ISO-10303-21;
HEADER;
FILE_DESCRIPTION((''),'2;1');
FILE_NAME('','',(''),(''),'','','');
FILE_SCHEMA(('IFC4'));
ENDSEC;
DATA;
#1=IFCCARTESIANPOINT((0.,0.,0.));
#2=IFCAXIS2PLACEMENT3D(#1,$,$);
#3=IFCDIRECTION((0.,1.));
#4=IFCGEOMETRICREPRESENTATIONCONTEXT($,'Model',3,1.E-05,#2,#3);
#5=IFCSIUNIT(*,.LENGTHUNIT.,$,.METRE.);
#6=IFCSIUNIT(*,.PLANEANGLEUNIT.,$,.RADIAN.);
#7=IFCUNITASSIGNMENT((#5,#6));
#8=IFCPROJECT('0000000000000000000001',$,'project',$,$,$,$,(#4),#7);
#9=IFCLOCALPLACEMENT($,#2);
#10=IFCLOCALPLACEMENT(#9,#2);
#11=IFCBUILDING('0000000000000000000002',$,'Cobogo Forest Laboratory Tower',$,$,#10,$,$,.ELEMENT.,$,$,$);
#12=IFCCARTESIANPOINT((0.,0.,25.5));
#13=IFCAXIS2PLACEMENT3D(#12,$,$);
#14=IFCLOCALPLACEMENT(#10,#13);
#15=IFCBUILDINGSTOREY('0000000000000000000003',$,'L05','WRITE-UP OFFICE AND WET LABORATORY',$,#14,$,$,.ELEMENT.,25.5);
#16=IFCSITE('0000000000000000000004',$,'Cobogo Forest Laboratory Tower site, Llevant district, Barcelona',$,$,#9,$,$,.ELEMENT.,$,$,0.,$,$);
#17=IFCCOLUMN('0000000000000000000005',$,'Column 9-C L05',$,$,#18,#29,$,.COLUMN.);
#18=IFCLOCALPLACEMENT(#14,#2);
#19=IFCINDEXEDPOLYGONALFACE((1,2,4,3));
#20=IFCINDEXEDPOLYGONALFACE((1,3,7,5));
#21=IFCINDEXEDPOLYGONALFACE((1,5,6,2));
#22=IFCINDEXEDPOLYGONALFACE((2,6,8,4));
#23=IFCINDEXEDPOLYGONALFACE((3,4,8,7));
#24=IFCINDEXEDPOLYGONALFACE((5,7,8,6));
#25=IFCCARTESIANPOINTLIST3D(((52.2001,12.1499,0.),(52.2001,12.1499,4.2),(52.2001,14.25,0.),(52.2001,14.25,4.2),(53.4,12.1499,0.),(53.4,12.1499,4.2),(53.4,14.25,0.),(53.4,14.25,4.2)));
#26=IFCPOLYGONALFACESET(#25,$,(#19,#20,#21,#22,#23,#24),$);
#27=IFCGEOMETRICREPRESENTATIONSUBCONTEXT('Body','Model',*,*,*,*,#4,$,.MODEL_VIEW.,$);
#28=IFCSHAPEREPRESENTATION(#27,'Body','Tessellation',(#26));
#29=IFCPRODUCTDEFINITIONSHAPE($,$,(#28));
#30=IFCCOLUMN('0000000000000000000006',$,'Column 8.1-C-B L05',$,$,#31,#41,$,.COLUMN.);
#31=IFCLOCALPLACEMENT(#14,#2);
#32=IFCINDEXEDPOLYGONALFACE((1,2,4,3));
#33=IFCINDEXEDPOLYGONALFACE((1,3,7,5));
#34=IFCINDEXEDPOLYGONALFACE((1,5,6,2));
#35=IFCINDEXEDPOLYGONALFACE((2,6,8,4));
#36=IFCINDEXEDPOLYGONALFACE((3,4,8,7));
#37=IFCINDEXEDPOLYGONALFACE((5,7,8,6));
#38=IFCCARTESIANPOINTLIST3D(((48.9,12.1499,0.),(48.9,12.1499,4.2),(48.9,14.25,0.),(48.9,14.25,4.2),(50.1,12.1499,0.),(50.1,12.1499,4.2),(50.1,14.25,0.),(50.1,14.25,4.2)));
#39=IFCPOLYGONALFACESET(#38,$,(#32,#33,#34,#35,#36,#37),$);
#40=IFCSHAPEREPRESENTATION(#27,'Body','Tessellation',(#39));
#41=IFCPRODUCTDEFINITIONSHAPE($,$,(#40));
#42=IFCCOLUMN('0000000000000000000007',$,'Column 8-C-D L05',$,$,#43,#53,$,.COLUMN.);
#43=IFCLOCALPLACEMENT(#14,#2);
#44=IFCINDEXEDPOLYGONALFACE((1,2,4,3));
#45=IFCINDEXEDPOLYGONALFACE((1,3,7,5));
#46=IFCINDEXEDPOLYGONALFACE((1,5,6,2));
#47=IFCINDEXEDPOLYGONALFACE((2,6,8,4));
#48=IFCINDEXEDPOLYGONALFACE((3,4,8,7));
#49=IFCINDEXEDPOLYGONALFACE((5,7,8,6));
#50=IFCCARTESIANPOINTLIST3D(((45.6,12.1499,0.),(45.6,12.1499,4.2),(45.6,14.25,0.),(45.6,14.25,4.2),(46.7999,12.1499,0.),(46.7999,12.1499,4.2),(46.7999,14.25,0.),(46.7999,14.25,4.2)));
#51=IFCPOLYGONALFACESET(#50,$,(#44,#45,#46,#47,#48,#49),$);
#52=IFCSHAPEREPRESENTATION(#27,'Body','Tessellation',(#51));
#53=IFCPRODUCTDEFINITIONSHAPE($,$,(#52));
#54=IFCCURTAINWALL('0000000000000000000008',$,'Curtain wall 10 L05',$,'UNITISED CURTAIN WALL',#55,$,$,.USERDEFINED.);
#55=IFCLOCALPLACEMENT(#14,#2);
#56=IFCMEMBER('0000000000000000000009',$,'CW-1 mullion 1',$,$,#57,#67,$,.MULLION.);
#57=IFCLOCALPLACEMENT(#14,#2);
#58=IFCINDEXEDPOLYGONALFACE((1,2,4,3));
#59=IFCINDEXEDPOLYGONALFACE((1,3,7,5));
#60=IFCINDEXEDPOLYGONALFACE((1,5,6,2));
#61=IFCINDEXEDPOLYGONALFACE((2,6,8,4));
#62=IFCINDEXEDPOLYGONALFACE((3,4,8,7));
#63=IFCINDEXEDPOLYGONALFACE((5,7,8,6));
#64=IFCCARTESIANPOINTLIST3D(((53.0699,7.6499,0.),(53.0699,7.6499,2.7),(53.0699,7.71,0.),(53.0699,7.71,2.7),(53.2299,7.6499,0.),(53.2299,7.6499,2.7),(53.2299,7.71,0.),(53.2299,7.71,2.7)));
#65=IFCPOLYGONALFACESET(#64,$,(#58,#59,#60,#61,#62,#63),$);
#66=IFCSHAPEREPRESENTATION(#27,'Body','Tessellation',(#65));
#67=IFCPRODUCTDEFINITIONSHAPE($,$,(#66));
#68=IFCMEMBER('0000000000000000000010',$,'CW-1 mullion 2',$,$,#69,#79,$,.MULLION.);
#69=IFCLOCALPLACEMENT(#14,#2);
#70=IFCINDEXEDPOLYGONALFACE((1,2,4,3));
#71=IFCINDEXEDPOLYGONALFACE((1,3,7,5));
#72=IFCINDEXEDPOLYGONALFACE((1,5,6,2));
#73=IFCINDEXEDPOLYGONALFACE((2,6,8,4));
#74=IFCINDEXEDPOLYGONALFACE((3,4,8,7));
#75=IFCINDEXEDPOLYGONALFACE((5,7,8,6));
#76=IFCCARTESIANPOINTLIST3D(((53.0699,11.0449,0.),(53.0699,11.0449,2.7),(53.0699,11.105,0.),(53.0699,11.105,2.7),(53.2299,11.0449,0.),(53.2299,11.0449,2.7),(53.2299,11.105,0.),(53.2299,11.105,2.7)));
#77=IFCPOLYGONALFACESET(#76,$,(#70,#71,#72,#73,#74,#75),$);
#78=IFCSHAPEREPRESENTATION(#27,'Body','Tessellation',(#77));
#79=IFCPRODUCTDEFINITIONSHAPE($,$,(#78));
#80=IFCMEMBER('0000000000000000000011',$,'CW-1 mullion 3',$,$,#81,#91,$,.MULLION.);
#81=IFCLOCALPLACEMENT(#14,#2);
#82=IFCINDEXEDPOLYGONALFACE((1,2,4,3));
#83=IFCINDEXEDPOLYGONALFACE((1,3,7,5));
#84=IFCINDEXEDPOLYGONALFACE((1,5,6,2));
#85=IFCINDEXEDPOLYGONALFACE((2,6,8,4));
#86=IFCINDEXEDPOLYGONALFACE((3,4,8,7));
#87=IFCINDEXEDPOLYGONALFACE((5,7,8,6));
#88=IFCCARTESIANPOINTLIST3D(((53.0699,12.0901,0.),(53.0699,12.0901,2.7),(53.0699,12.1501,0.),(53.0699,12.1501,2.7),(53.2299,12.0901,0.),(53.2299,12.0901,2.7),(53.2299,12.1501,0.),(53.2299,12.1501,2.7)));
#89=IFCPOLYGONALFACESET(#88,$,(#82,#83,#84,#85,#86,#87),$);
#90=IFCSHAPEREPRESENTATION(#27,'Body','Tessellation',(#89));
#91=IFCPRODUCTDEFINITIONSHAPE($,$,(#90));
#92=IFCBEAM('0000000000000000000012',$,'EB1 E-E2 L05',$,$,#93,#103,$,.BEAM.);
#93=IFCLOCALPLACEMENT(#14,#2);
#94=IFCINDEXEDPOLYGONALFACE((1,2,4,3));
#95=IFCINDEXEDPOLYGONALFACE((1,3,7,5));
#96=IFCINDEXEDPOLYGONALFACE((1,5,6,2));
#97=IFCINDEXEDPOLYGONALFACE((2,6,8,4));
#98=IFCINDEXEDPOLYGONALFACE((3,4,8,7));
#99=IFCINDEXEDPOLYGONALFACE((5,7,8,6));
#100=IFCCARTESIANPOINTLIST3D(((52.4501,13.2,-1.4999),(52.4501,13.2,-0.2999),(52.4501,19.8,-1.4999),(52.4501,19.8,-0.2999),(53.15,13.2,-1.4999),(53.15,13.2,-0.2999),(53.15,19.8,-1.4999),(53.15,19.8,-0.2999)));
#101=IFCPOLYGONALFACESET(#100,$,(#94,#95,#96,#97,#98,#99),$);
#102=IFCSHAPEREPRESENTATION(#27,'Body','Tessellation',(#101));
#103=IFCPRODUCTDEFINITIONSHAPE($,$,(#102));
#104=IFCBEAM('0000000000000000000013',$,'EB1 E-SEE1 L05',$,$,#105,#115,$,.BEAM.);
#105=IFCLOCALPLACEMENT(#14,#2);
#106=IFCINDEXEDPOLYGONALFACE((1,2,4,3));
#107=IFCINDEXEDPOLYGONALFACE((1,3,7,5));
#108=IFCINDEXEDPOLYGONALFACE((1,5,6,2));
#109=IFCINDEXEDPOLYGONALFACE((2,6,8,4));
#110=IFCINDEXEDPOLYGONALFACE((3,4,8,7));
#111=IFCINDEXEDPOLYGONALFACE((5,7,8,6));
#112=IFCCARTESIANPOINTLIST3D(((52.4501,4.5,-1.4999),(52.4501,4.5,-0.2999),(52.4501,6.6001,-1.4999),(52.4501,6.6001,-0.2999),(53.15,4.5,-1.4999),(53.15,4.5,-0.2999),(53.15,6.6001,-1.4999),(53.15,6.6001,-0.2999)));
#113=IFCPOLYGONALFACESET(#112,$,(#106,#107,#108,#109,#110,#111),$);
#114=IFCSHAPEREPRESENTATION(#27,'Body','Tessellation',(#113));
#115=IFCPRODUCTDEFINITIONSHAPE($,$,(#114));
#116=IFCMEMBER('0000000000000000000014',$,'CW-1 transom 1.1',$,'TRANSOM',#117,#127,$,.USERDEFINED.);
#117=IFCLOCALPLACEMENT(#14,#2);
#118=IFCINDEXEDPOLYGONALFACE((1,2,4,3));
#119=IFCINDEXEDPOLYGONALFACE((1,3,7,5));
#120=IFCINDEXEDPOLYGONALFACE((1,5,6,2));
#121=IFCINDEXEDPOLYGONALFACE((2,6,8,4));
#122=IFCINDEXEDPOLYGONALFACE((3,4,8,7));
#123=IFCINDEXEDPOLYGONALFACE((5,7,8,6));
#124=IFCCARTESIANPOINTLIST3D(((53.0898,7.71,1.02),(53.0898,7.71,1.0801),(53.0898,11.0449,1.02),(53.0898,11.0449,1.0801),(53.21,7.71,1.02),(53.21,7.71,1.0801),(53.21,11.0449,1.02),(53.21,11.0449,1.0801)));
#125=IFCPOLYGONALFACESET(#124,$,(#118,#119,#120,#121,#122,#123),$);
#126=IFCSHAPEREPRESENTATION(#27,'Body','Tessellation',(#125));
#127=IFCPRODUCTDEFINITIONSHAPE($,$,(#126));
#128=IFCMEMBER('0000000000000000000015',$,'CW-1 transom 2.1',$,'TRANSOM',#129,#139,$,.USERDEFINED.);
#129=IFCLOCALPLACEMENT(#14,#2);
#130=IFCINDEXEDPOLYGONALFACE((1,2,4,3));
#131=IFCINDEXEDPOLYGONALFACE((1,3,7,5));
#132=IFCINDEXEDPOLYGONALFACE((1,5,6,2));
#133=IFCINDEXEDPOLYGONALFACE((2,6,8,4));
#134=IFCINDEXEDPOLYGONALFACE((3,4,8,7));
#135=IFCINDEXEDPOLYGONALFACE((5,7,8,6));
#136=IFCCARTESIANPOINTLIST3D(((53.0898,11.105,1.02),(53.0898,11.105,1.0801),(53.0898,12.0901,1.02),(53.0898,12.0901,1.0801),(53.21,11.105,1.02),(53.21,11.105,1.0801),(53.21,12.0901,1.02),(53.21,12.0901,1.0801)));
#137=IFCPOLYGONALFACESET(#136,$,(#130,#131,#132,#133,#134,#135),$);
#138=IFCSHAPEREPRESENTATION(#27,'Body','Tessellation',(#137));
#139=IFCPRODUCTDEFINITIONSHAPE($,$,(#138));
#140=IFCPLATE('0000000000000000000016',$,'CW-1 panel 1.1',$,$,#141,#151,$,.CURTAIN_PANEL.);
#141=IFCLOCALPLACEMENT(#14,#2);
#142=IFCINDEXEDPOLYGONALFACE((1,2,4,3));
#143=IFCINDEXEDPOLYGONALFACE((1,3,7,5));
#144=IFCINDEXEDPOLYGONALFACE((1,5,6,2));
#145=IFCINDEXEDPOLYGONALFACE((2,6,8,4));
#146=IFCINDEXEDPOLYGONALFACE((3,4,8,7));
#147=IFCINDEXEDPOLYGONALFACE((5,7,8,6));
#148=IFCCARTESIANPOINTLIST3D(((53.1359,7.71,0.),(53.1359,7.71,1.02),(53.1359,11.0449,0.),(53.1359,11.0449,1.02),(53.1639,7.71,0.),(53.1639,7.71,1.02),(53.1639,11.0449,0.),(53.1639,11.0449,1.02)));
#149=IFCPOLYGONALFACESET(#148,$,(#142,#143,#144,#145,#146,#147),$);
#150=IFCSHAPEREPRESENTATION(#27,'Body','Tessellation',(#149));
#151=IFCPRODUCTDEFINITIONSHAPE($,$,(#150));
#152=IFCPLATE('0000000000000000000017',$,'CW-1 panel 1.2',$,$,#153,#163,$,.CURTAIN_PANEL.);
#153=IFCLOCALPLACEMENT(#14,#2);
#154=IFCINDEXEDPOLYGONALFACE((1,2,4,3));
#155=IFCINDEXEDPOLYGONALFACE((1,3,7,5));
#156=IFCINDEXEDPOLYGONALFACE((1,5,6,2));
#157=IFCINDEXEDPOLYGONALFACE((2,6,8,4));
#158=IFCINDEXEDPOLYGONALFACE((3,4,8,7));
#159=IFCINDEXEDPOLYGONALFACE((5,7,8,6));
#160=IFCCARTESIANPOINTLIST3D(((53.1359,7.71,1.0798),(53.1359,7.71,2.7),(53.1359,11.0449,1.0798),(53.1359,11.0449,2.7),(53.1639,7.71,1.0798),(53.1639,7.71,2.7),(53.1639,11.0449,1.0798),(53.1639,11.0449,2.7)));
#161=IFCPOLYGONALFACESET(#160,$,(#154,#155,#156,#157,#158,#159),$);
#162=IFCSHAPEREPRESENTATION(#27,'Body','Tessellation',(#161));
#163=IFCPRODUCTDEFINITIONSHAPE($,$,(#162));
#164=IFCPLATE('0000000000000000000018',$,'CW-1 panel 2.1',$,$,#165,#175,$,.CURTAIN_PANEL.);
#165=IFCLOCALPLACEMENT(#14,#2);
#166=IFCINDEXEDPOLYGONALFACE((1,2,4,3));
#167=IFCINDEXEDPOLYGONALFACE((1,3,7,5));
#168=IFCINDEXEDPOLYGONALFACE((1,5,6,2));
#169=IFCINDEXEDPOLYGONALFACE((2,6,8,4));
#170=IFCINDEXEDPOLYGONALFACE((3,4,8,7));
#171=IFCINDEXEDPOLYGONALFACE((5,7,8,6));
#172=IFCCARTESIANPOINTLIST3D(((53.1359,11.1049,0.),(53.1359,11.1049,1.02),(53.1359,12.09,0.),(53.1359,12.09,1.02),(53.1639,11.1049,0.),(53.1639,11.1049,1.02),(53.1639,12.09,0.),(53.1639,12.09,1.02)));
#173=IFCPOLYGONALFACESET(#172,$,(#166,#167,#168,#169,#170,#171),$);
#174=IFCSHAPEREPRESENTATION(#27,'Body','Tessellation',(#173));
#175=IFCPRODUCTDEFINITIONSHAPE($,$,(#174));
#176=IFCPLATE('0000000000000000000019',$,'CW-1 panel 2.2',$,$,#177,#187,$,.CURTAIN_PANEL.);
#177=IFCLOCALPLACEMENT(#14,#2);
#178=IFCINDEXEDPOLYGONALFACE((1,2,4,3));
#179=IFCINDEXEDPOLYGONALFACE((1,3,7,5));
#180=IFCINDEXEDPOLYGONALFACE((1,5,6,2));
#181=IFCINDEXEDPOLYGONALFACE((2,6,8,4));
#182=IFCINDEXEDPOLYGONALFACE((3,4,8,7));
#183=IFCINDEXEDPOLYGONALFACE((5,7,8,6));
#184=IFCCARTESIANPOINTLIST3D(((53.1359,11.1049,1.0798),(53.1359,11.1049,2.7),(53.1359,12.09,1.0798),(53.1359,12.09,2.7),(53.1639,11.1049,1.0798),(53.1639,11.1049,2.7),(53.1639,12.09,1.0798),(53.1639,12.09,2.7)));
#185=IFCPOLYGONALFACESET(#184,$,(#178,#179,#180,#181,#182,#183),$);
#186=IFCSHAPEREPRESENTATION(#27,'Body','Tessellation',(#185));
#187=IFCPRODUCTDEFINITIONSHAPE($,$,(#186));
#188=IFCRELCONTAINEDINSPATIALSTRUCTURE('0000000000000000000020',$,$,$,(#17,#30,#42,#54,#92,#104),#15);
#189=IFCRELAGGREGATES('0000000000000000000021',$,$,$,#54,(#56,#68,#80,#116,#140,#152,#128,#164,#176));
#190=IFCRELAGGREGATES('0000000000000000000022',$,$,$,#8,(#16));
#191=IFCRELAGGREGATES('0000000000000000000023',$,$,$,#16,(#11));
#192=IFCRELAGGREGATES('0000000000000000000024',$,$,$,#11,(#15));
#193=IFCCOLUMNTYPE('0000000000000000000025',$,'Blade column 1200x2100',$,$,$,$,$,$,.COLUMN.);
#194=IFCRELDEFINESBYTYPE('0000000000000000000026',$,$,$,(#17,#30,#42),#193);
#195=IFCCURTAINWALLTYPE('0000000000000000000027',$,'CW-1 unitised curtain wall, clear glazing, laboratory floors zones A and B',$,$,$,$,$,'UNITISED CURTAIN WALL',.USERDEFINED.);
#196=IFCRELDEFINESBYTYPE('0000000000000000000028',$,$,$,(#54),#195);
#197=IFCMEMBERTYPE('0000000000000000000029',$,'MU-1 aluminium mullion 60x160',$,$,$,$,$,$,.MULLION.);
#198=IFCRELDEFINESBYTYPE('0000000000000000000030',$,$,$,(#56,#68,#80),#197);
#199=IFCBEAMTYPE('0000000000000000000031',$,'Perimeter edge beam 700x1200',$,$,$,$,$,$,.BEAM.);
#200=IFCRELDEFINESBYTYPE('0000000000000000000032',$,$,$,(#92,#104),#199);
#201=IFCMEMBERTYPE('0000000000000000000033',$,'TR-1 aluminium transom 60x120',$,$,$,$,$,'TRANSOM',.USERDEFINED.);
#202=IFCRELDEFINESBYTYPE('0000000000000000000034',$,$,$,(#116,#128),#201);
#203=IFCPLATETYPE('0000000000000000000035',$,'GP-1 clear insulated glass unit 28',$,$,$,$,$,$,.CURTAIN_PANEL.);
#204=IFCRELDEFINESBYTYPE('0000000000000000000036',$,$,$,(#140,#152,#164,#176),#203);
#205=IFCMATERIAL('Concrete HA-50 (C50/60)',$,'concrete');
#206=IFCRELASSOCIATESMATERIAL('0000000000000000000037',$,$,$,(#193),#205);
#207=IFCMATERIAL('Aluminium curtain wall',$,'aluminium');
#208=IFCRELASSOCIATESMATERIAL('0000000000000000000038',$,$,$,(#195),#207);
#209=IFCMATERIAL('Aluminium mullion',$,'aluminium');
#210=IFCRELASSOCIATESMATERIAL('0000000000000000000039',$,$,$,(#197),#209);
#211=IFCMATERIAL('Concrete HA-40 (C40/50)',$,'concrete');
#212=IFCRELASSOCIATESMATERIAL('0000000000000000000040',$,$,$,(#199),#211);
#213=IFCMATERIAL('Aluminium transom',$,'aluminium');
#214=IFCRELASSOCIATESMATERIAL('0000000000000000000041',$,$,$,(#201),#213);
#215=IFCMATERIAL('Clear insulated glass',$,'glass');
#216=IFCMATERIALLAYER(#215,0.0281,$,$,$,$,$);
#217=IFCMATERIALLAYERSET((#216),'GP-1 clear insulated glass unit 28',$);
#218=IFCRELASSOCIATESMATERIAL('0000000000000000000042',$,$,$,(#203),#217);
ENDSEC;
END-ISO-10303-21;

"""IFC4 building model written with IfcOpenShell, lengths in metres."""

from ifc_helpers import new_model, si_unit, direction, frame, origin, origin_2d, place, context, subcontext, project, spatial, rectangle, extrude, material, layer, layer_set, material_profile, profile_set, type_object, element, aggregate, save


model = new_model("IFC4")

# Units and contexts
model_context = context("Model", 3, precision=1e-05, world=origin(), true_north=direction((0.0, 1.0)))
body_context = subcontext(model_context, "Body", "Model", "MODEL_VIEW")
ifc_project = project(units=[si_unit("LENGTHUNIT", "METRE"), si_unit("PLANEANGLEUNIT", "RADIAN")], contexts=[model_context])

# Site, building, storey
site_placement = place(None, origin())
site = spatial("IfcSite", under=ifc_project, at=site_placement, Name="Cobogo Forest Laboratory Tower site, Llevant district, Barcelona", CompositionType="ELEMENT", RefElevation=0.0)
building_placement = place(site_placement, origin())
building = spatial("IfcBuilding", under=site, at=building_placement, Name="Cobogo Forest Laboratory Tower", CompositionType="ELEMENT")
storey_placement = place(building_placement, frame((0.0, 0.0, 25.5)))
storey = spatial("IfcBuildingStorey", under=building, at=storey_placement, Name="L05", Description="WRITE-UP OFFICE AND WET LABORATORY", CompositionType="ELEMENT", Elevation=25.5)

# Columns
ifc_material_1 = material(Name="Concrete HA-50 (C50/60)", Category="concrete")
ifc_material_profile_1 = material_profile(ifc_material_1, rectangle(XDim=2.1001, YDim=1.2, at=origin_2d()), Name="RC 1200x2100")
ifc_profile_set_1 = profile_set([ifc_material_profile_1], Name="Concrete HA-50 (C50/60)")
column_type = type_object("IfcColumnType", Name="Blade column 1200x2100", PredefinedType="COLUMN", material=ifc_profile_set_1)
for number, where, z_axis, x_axis, name in (
    (1, (52.8, 13.2, 0.0), (0.0, 0.0, 1.0), (0.0, 1.0, 0.0), "Column 9-C L05"),
    (2, (49.5, 13.2, 0.0), (0.0, 0.0, 1.0), (0.0, 1.0, 0.0), "Column 8.1-C-B L05"),
    (3, (46.2, 13.2, 0.0), (0.0, 0.0, 1.0), (0.0, 1.0, 0.0), "Column 8-C-D L05"),
):
    element("IfcColumn", number, at=place(storey_placement, frame(where, z_axis=z_axis, x_axis=x_axis)), inside=storey, type_object=column_type, Name=name, PredefinedType="COLUMN", context=body_context, shape_type="SweptSolid", body=[
        extrude(rectangle(XDim=2.1001, YDim=1.2, at=origin_2d()), origin(), (0.0, 0.0, 1.0), 4.2),
    ])

# Curtain wall, members
ifc_material_2 = material(Name="Aluminium curtain wall", Category="aluminium")
curtain_wall_type = type_object("IfcCurtainWallType", Name="CW-1 unitised curtain wall, clear glazing, laboratory floors zones A and B", ElementType="UNITISED CURTAIN WALL", PredefinedType="USERDEFINED", material=ifc_material_2)
curtain_wall_placement = place(storey_placement, origin())
curtain_wall = element("IfcCurtainWall", 4, at=curtain_wall_placement, inside=storey, type_object=curtain_wall_type, Name="Curtain wall 10 L05", ObjectType="UNITISED CURTAIN WALL", PredefinedType="USERDEFINED")
ifc_material_3 = material(Name="Aluminium mullion", Category="aluminium")
ifc_material_profile_2 = material_profile(ifc_material_3, rectangle(XDim=0.0601, YDim=0.1599, at=origin_2d()), Name="AL 60x160")
ifc_profile_set_2 = profile_set([ifc_material_profile_2], Name="Aluminium mullion")
member_type_1 = type_object("IfcMemberType", Name="MU-1 aluminium mullion 60x160", PredefinedType="MULLION", material=ifc_profile_set_2)
member_1_placement = place(storey_placement, frame((53.1499, 7.6799, 0.0), z_axis=(0.0, 0.0, 1.0), x_axis=(0.0, 1.0, 0.0)))
member_1 = element("IfcMember", 5, at=member_1_placement, type_object=member_type_1, Name="CW-1 mullion 1", PredefinedType="MULLION", context=body_context, shape_type="SweptSolid", body=[
    extrude(rectangle(XDim=0.0601, YDim=0.1599, at=origin_2d()), origin(), (0.0, 0.0, 1.0), 2.7),
])
member_2_placement = place(storey_placement, frame((53.1499, 11.075, 0.0), z_axis=(0.0, 0.0, 1.0), x_axis=(0.0, 1.0, 0.0)))
member_2 = element("IfcMember", 6, at=member_2_placement, type_object=member_type_1, Name="CW-1 mullion 2", PredefinedType="MULLION", context=body_context, shape_type="SweptSolid", body=[
    extrude(rectangle(XDim=0.0601, YDim=0.1599, at=origin_2d()), origin(), (0.0, 0.0, 1.0), 2.7),
])
member_3_placement = place(storey_placement, frame((53.1499, 12.1201, 0.0), z_axis=(0.0, 0.0, 1.0), x_axis=(0.0, 1.0, 0.0)))
member_3 = element("IfcMember", 7, at=member_3_placement, type_object=member_type_1, Name="CW-1 mullion 3", PredefinedType="MULLION", context=body_context, shape_type="SweptSolid", body=[
    extrude(rectangle(XDim=0.0601, YDim=0.1599, at=origin_2d()), origin(), (0.0, 0.0, 1.0), 2.7),
])

# Beams
ifc_material_4 = material(Name="Concrete HA-40 (C40/50)", Category="concrete")
ifc_material_profile_3 = material_profile(ifc_material_4, rectangle(XDim=0.7, YDim=1.2, at=origin_2d()), Name="RC 700x1200")
ifc_profile_set_3 = profile_set([ifc_material_profile_3], Name="Concrete HA-40 (C40/50)")
beam_type = type_object("IfcBeamType", Name="Perimeter edge beam 700x1200", PredefinedType="BEAM", material=ifc_profile_set_3)
beam_1_placement = place(storey_placement, frame((52.8, 13.2, -0.8999), z_axis=(0.0, 1.0, 0.0), x_axis=(-1.0, 0.0, 0.0)))
element("IfcBeam", 8, at=beam_1_placement, inside=storey, type_object=beam_type, Name="EB1 E-E2 L05", PredefinedType="BEAM", context=body_context, shape_type="SweptSolid", body=[
    extrude(rectangle(XDim=0.7, YDim=1.2, at=origin_2d()), origin(), (0.0, 0.0, 1.0), 6.6001),
])
beam_2_placement = place(storey_placement, frame((52.8, 6.6001, -0.8999), z_axis=(0.0, -1.0, 0.0), x_axis=(1.0, 0.0, 0.0)))
element("IfcBeam", 9, at=beam_2_placement, inside=storey, type_object=beam_type, Name="EB1 E-SEE1 L05", PredefinedType="BEAM", context=body_context, shape_type="SweptSolid", body=[
    extrude(rectangle(XDim=0.7, YDim=1.2, at=origin_2d()), origin(), (0.0, 0.0, 1.0), 2.1001),
])

# Members
ifc_material_5 = material(Name="Aluminium transom", Category="aluminium")
ifc_material_profile_4 = material_profile(ifc_material_5, rectangle(XDim=0.1201, YDim=0.0601, at=origin_2d()), Name="AL 60x120")
ifc_profile_set_4 = profile_set([ifc_material_profile_4], Name="Aluminium transom")
member_type_2 = type_object("IfcMemberType", Name="TR-1 aluminium transom 60x120", ElementType="TRANSOM", PredefinedType="USERDEFINED", material=ifc_profile_set_4)
member_4_placement = place(storey_placement, frame((53.1499, 7.71, 1.05), z_axis=(0.0, 1.0, 0.0), x_axis=(-1.0, 0.0, 0.0)))
member_4 = element("IfcMember", 10, at=member_4_placement, type_object=member_type_2, Name="CW-1 transom 1.1", ObjectType="TRANSOM", PredefinedType="USERDEFINED", context=body_context, shape_type="SweptSolid", body=[
    extrude(rectangle(XDim=0.1201, YDim=0.0601, at=origin_2d()), origin(), (0.0, 0.0, 1.0), 3.335),
])
member_5_placement = place(storey_placement, frame((53.1499, 11.105, 1.05), z_axis=(0.0, 1.0, 0.0), x_axis=(-1.0, 0.0, 0.0)))
member_5 = element("IfcMember", 11, at=member_5_placement, type_object=member_type_2, Name="CW-1 transom 2.1", ObjectType="TRANSOM", PredefinedType="USERDEFINED", context=body_context, shape_type="SweptSolid", body=[
    extrude(rectangle(XDim=0.1201, YDim=0.0601, at=origin_2d()), origin(), (0.0, 0.0, 1.0), 0.9851),
])

# Plates
ifc_material_6 = material(Name="Clear insulated glass", Category="glass")
ifc_layer_1 = layer(ifc_material_6, 0.0281)
ifc_layer_set_1 = layer_set([ifc_layer_1], Name="GP-1 clear insulated glass unit 28")
plate_type_1 = type_object("IfcPlateType", Name="GP-1 clear insulated glass unit 28", PredefinedType="CURTAIN_PANEL", material=ifc_layer_set_1)
plate_1_placement = place(storey_placement, frame((53.1499, 9.3774, 0.0), z_axis=(0.0, 0.0, 1.0), x_axis=(0.0, 1.0, 0.0)))
plate_1 = element("IfcPlate", 12, at=plate_1_placement, type_object=plate_type_1, Name="CW-1 panel 1.1", PredefinedType="CURTAIN_PANEL", context=body_context, shape_type="SweptSolid", body=[
    extrude(rectangle(XDim=3.335, YDim=0.0281, at=origin_2d()), origin(), (0.0, 0.0, 1.0), 1.02),
])
plate_2_placement = place(storey_placement, frame((53.1499, 9.3774, 1.0798), z_axis=(0.0, 0.0, 1.0), x_axis=(0.0, 1.0, 0.0)))
plate_2 = element("IfcPlate", 13, at=plate_2_placement, type_object=plate_type_1, Name="CW-1 panel 1.2", PredefinedType="CURTAIN_PANEL", context=body_context, shape_type="SweptSolid", body=[
    extrude(rectangle(XDim=3.335, YDim=0.0281, at=origin_2d()), origin(), (0.0, 0.0, 1.0), 1.6201),
])
plate_3_placement = place(storey_placement, frame((53.1499, 11.5974, 0.0), z_axis=(0.0, 0.0, 1.0), x_axis=(0.0, 1.0, 0.0)))
plate_3 = element("IfcPlate", 14, at=plate_3_placement, type_object=plate_type_1, Name="CW-1 panel 2.1", PredefinedType="CURTAIN_PANEL", context=body_context, shape_type="SweptSolid", body=[
    extrude(rectangle(XDim=0.9851, YDim=0.0281, at=origin_2d()), origin(), (0.0, 0.0, 1.0), 1.02),
])
plate_4_placement = place(storey_placement, frame((53.1499, 11.5974, 1.0798), z_axis=(0.0, 0.0, 1.0), x_axis=(0.0, 1.0, 0.0)))
plate_4 = element("IfcPlate", 15, at=plate_4_placement, type_object=plate_type_1, Name="CW-1 panel 2.2", PredefinedType="CURTAIN_PANEL", context=body_context, shape_type="SweptSolid", body=[
    extrude(rectangle(XDim=0.9851, YDim=0.0281, at=origin_2d()), origin(), (0.0, 0.0, 1.0), 1.6201),
])
aggregate(curtain_wall, [member_1, member_2, member_3, member_4, plate_1, plate_2, member_5, plate_3, plate_4])

save(model, "model.ifc")
